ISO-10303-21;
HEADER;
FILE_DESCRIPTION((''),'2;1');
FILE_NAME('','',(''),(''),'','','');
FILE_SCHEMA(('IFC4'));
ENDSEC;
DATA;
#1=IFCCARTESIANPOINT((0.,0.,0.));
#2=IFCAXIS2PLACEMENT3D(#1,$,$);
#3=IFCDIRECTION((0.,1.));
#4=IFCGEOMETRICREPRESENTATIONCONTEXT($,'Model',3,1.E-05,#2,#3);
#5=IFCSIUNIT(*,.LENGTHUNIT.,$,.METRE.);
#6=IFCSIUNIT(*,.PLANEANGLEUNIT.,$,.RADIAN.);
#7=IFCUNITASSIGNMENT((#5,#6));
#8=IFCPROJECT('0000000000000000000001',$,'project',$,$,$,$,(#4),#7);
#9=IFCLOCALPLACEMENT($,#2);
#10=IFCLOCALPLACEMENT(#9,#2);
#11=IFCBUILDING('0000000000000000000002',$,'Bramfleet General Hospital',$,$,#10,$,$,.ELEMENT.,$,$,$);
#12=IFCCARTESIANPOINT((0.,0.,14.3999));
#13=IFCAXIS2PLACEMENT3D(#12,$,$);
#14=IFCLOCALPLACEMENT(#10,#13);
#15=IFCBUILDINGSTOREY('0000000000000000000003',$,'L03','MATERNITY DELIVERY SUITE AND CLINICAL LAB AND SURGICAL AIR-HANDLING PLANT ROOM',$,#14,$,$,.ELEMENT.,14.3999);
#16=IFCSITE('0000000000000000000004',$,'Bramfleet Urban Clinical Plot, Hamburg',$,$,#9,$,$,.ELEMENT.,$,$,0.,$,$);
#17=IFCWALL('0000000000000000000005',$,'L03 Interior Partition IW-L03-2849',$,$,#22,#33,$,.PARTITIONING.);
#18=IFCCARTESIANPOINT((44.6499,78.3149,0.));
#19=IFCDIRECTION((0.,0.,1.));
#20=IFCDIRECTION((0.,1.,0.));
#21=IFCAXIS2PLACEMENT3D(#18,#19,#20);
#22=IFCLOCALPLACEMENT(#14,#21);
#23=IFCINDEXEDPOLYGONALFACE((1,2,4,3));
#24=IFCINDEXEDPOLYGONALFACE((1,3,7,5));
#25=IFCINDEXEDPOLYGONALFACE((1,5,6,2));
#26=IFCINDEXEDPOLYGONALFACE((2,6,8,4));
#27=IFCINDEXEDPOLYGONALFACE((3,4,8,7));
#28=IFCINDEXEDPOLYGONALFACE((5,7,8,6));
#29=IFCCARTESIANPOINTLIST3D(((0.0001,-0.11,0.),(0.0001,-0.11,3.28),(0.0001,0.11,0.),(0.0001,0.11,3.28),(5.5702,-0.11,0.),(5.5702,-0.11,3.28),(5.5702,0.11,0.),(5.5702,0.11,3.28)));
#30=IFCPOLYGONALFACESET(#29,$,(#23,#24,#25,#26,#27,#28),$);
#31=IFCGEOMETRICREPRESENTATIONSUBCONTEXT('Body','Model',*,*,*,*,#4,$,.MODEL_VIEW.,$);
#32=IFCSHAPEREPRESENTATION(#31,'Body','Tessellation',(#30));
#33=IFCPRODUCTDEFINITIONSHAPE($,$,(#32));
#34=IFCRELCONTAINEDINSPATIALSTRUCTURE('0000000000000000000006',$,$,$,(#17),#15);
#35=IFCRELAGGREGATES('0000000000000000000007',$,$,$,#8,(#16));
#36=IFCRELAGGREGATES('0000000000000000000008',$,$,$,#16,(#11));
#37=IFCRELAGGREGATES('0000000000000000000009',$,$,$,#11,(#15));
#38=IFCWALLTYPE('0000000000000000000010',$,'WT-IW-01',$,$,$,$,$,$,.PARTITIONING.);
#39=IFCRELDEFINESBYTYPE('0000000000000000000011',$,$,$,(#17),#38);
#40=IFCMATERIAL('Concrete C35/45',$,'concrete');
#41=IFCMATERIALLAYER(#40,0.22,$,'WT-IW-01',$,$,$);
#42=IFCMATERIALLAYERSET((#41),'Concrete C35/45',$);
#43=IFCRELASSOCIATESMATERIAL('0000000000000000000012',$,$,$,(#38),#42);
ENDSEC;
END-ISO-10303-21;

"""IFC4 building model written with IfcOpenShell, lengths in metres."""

from ifc_helpers import new_model, si_unit, direction, frame, frame_2d, origin, place, context, subcontext, project, spatial, rectangle, extrude, material, layer, layer_set, type_object, element, save


model = new_model("IFC4")

# Units and contexts
model_context = context("Model", 3, precision=1e-05, world=origin(), true_north=direction((0.0, 1.0)))
body_context = subcontext(model_context, "Body", "Model", "MODEL_VIEW")
ifc_project = project(units=[si_unit("LENGTHUNIT", "METRE"), si_unit("PLANEANGLEUNIT", "RADIAN")], contexts=[model_context])

# Site, building, storey
site_placement = place(None, origin())
site = spatial("IfcSite", under=ifc_project, at=site_placement, Name="Bramfleet Urban Clinical Plot, Hamburg", CompositionType="ELEMENT", RefElevation=0.0)
building_placement = place(site_placement, origin())
building = spatial("IfcBuilding", under=site, at=building_placement, Name="Bramfleet General Hospital", CompositionType="ELEMENT")
storey_placement = place(building_placement, frame((0.0, 0.0, 14.3999)))
storey = spatial("IfcBuildingStorey", under=building, at=storey_placement, Name="L03", Description="MATERNITY DELIVERY SUITE AND CLINICAL LAB AND SURGICAL AIR-HANDLING PLANT ROOM", CompositionType="ELEMENT", Elevation=14.3999)

# Shared definitions
ifc_material_1 = material(Name="Concrete C35/45", Category="concrete")

# Shared definitions
ifc_layer_1 = layer(ifc_material_1, 0.22, Name="WT-IW-01")
ifc_layer_set_1 = layer_set([ifc_layer_1], Name="Concrete C35/45")
wall_type_1 = type_object("IfcWallType", Name="WT-IW-01", PredefinedType="PARTITIONING", material=ifc_layer_set_1)

# Wall
wall_1_placement = place(storey_placement, frame((44.6499, 78.3149, 0.0), z_axis=(0.0, 0.0, 1.0), x_axis=(0.0, 1.0, 0.0)))
element("IfcWall", 1, at=wall_1_placement, inside=storey, type_object=wall_type_1, Name="L03 Interior Partition IW-L03-2849", PredefinedType="PARTITIONING", context=body_context, shape_type="SweptSolid", body=[
    extrude(rectangle(XDim=5.5701, YDim=0.22, at=frame_2d((2.7852, 0.0))), origin(), (0.0, 0.0, 1.0), 3.28),
])

save(model, "model.ifc")
